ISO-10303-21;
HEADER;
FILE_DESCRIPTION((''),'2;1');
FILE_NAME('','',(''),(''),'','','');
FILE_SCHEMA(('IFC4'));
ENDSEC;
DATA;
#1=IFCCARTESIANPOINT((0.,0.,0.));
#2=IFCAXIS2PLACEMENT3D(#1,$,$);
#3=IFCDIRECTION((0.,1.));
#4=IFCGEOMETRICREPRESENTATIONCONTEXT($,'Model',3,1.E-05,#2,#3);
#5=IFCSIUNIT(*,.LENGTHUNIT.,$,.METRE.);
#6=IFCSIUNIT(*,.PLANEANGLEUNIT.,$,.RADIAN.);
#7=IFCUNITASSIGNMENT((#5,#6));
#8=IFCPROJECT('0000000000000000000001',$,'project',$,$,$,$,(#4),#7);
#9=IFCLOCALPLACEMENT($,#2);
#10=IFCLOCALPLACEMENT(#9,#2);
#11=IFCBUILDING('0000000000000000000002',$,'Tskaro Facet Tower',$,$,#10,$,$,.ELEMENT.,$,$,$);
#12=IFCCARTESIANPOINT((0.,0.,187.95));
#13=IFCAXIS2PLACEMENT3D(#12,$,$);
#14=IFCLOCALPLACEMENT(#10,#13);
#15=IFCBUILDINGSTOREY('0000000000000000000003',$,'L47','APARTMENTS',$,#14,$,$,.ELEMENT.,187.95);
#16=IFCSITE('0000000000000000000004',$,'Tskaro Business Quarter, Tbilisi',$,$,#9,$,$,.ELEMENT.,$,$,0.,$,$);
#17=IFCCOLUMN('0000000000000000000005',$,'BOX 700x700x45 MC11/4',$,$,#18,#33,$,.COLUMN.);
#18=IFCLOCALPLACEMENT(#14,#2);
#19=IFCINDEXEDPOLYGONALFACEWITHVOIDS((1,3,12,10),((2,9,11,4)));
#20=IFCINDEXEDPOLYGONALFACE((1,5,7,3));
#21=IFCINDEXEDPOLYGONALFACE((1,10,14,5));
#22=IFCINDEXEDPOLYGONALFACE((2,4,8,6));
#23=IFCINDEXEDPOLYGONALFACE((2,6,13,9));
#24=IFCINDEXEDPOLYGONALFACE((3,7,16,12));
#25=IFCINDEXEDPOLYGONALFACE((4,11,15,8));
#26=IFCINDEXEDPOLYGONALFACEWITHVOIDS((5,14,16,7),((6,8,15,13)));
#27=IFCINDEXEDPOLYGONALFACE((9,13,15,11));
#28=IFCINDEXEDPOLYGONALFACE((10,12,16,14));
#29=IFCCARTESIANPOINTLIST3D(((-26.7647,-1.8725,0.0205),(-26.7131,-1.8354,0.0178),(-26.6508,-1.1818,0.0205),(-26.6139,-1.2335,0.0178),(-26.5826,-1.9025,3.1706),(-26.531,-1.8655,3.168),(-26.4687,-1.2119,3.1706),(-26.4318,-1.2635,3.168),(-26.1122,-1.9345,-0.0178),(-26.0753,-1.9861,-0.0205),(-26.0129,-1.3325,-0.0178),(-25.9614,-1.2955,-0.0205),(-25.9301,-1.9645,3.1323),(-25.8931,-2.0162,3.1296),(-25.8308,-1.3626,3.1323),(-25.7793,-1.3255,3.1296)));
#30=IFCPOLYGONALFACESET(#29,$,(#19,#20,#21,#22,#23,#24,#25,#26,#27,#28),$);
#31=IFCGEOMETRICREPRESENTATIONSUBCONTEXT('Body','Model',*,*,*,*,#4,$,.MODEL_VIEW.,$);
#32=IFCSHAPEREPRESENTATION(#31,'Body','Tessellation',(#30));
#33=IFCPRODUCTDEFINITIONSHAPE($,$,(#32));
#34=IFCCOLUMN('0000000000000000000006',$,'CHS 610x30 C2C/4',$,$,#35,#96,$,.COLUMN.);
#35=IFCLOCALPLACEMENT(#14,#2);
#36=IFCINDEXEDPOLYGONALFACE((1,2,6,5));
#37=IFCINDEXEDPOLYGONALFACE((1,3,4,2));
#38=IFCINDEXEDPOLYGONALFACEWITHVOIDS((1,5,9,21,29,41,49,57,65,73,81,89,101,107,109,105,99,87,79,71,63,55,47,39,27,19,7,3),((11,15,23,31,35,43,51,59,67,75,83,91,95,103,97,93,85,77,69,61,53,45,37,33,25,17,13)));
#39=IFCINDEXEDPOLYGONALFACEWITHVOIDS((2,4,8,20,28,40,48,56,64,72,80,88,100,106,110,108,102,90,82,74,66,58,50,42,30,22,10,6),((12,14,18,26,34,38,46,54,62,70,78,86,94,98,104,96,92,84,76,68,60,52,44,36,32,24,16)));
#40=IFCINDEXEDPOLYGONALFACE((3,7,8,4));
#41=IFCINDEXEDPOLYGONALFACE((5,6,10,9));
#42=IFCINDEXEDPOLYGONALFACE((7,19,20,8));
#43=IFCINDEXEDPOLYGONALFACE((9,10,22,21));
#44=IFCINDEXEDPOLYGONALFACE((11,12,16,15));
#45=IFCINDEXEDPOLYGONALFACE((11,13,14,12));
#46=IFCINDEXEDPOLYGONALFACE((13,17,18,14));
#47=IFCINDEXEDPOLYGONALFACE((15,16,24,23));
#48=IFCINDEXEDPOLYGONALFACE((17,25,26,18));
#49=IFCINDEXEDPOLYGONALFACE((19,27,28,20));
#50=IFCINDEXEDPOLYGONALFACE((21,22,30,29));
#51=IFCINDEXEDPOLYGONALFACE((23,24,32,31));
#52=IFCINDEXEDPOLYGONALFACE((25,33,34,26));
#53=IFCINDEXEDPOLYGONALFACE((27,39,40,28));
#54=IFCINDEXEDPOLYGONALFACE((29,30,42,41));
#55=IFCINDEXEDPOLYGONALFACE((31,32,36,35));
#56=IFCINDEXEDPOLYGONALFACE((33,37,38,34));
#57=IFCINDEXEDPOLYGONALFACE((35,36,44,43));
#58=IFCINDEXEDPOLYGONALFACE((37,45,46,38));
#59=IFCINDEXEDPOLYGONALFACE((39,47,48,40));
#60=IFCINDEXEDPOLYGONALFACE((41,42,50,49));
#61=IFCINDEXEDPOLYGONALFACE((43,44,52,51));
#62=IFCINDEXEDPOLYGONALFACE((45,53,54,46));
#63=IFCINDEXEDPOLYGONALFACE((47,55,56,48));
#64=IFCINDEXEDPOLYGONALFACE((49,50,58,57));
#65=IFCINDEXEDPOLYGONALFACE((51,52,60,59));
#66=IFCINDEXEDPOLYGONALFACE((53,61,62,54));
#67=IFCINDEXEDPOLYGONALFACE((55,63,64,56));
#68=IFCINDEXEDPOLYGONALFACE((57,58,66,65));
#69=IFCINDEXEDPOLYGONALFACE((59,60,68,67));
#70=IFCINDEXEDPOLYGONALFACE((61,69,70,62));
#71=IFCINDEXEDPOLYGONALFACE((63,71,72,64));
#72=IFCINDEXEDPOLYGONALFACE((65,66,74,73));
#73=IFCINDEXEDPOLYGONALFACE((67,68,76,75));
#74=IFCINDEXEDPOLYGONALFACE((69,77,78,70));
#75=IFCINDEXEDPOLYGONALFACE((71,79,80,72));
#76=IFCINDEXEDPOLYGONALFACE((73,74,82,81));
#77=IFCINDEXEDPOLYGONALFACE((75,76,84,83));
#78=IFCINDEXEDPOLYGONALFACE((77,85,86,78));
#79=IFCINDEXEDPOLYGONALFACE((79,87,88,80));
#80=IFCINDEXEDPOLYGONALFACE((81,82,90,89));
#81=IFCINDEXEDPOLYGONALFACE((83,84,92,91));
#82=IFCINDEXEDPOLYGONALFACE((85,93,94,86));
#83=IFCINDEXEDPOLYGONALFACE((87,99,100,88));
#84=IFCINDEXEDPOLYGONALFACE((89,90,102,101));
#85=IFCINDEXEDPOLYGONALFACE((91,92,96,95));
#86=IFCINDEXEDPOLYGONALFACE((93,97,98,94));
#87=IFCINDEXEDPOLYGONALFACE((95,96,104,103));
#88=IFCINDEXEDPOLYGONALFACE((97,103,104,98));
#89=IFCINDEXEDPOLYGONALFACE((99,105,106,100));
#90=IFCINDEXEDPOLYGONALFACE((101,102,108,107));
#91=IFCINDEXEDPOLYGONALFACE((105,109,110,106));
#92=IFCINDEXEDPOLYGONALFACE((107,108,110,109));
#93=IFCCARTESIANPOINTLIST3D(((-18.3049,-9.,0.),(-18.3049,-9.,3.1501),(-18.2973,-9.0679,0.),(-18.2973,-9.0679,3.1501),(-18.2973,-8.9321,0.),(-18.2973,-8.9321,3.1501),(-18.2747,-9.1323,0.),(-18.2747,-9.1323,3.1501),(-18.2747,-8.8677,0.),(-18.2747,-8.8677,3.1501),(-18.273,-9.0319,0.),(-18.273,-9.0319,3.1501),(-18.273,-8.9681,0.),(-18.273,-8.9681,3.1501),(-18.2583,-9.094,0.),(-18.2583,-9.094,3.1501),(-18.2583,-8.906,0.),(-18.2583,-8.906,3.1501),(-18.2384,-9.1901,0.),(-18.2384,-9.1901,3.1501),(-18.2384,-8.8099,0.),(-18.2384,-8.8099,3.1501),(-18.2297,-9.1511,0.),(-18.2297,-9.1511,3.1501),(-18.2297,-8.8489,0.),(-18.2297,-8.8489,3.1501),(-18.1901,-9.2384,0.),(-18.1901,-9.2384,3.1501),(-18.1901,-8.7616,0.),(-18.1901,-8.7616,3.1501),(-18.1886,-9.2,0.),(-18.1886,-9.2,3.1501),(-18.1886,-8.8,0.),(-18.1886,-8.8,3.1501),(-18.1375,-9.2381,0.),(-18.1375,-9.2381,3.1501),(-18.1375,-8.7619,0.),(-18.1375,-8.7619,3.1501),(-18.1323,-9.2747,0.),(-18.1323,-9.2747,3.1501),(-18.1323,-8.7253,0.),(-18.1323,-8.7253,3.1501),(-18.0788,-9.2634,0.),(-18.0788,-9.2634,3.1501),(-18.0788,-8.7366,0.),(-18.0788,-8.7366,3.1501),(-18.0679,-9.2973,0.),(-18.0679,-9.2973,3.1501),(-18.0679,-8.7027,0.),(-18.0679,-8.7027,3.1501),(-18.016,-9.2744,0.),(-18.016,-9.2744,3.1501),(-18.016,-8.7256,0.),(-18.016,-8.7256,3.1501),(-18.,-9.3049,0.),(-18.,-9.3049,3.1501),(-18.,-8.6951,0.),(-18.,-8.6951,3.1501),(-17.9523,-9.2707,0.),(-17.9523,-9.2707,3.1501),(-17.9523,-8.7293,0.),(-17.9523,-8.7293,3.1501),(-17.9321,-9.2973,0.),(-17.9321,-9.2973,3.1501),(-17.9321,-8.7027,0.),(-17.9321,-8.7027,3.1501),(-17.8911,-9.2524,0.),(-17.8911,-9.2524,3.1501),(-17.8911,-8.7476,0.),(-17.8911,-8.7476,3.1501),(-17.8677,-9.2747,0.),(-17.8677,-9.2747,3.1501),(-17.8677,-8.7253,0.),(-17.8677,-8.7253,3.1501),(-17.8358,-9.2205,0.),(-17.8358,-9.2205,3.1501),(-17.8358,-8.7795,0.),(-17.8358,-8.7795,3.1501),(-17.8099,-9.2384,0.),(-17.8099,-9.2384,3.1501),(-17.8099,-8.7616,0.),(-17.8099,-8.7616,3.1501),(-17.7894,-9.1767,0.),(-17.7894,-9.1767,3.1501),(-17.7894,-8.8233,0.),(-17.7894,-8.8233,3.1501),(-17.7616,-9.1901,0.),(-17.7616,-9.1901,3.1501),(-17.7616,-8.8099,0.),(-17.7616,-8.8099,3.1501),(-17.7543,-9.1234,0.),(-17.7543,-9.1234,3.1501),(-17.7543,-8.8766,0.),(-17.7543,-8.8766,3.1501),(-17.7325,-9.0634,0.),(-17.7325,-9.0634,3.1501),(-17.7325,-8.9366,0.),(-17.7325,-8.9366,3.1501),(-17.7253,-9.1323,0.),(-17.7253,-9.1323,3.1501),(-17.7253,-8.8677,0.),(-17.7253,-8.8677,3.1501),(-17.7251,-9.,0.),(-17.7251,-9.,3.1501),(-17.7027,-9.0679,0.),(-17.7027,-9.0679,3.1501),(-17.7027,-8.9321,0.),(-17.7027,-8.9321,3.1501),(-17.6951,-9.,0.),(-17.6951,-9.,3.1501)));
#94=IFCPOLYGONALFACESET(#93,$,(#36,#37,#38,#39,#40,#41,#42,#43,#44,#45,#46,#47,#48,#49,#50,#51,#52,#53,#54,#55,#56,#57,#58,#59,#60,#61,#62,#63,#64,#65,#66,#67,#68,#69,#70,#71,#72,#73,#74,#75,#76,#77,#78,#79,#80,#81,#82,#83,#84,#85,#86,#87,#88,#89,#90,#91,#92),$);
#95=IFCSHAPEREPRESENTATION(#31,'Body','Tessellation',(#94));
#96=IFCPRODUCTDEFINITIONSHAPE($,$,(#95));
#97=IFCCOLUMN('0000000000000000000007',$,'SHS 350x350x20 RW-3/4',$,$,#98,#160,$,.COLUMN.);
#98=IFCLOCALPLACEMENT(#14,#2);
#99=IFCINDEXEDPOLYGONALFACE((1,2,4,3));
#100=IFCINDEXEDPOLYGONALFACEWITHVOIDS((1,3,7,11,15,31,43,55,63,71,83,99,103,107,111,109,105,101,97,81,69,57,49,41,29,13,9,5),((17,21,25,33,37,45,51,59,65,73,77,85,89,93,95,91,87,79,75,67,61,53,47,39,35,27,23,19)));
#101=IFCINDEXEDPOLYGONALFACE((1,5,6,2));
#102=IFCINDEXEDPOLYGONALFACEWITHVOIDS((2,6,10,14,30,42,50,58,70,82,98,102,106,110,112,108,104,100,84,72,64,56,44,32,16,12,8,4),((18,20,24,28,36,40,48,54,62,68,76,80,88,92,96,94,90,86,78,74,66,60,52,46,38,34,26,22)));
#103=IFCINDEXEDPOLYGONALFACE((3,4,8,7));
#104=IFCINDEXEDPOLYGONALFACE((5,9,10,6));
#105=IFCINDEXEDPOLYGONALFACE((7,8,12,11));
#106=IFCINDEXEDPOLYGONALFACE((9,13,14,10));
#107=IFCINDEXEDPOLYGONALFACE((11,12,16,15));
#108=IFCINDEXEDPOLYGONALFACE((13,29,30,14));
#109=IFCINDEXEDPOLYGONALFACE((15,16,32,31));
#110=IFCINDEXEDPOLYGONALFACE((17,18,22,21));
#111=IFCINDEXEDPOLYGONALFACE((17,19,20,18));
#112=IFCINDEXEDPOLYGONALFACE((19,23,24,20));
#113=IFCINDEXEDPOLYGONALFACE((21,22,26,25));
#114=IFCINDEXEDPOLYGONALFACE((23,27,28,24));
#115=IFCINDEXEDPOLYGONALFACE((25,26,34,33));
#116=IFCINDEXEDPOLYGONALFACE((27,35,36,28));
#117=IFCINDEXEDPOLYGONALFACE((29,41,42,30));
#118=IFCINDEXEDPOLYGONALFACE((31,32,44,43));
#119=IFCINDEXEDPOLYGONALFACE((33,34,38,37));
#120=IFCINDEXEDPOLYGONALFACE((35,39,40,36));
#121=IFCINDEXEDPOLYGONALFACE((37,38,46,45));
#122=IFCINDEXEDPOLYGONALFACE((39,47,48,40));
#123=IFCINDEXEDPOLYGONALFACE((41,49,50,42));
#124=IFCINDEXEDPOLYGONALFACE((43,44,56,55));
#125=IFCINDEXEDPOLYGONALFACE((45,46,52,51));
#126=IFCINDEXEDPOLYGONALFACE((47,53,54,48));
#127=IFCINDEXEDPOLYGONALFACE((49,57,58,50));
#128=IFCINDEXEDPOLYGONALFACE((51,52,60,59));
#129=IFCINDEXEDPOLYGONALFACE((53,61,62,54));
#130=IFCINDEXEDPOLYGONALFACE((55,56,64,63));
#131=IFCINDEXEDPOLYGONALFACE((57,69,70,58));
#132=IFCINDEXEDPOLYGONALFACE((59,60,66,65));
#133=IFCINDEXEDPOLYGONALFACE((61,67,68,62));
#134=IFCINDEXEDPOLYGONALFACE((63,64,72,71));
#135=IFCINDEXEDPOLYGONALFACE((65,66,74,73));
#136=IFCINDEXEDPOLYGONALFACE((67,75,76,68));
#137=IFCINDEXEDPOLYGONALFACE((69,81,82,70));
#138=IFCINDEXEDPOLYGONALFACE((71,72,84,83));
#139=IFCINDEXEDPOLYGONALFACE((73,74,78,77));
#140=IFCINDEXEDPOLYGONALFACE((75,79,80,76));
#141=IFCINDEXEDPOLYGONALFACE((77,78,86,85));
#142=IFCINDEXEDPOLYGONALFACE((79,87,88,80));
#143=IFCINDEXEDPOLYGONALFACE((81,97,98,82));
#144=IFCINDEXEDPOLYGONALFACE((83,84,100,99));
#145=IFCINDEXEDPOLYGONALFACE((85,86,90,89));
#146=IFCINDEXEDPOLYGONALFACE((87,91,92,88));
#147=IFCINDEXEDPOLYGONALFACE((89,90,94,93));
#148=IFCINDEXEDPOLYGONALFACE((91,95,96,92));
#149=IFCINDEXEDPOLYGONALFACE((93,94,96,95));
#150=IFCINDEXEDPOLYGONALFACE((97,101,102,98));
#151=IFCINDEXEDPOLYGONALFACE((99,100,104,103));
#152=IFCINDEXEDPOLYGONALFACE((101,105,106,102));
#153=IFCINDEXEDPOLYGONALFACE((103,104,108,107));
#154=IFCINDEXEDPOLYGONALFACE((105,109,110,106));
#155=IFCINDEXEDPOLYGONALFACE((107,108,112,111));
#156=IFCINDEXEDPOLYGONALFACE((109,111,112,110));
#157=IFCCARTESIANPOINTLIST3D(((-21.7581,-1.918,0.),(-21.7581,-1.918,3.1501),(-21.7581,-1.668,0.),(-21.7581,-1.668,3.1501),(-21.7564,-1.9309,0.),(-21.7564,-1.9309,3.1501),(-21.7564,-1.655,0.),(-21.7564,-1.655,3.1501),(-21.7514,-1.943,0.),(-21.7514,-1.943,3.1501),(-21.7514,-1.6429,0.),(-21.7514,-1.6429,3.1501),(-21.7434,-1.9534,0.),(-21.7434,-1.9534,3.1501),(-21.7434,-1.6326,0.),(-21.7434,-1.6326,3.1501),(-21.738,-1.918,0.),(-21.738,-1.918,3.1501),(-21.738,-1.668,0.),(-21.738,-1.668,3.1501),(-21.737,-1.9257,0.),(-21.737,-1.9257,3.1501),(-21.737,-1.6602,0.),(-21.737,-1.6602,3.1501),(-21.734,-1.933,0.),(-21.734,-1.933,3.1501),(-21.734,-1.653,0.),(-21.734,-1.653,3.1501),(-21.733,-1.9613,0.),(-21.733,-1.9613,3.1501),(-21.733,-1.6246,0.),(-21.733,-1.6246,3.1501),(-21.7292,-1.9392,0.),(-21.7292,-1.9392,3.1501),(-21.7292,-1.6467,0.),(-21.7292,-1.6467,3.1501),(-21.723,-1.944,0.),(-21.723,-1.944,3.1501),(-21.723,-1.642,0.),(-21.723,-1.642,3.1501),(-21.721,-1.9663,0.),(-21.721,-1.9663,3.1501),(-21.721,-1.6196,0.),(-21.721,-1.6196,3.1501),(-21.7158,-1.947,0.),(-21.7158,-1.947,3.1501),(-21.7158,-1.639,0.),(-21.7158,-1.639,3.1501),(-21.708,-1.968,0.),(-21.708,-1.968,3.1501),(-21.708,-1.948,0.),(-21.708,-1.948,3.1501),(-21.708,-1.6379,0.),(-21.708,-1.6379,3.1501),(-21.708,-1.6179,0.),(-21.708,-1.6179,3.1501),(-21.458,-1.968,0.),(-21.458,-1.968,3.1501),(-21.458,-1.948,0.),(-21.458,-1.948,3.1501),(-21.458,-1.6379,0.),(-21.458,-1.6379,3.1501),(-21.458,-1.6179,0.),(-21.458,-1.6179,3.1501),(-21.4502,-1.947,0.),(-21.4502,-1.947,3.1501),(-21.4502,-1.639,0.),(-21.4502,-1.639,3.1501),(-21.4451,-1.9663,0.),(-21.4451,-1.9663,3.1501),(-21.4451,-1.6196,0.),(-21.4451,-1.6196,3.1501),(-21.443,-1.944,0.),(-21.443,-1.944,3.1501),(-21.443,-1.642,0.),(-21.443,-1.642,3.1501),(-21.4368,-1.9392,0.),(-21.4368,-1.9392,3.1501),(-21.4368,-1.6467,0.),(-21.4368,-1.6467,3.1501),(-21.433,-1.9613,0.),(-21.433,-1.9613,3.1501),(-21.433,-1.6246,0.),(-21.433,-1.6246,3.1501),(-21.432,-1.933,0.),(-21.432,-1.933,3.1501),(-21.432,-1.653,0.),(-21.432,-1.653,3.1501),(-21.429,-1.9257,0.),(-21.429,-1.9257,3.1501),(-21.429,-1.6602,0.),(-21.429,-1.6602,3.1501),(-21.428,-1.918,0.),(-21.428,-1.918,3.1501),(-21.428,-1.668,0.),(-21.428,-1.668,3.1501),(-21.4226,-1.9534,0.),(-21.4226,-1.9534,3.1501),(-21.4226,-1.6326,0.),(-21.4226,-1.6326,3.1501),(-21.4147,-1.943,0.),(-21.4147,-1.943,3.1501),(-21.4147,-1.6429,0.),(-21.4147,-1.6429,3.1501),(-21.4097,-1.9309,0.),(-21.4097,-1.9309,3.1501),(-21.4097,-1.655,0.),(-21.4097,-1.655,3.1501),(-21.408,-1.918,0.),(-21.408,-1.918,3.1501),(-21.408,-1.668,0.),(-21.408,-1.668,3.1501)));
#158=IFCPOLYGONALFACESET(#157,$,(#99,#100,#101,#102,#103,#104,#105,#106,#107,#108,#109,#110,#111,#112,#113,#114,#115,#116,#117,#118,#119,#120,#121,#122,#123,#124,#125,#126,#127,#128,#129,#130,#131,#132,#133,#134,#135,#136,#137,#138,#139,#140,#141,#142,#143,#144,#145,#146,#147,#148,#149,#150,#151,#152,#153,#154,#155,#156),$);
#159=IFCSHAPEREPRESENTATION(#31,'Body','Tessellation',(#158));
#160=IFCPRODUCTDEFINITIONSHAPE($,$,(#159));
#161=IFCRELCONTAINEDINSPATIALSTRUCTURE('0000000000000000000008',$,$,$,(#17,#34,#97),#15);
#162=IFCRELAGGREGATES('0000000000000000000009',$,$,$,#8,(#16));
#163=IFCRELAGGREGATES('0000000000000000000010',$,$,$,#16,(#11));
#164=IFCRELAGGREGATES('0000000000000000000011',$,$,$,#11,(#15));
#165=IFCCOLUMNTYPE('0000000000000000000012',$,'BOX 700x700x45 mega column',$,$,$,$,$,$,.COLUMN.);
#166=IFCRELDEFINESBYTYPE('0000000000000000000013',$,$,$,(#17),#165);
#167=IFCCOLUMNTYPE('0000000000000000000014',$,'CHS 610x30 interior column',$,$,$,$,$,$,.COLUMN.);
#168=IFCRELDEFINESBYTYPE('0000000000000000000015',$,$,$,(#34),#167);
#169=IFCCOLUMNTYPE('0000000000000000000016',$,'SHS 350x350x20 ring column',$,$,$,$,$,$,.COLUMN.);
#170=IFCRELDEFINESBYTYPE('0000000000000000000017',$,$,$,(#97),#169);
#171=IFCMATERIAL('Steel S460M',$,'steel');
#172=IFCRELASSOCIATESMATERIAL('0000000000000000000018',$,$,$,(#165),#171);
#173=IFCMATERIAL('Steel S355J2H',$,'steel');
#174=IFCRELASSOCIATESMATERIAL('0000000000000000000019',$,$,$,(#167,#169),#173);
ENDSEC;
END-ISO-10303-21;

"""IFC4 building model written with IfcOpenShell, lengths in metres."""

from ifc_helpers import new_model, si_unit, direction, frame, origin, origin_2d, place, context, subcontext, project, spatial, hollow_rectangle, hollow_circle, extrude, material, material_profile, profile_set, type_object, element, save


model = new_model("IFC4")

# Units and contexts
model_context = context("Model", 3, precision=1e-05, world=origin(), true_north=direction((0.0, 1.0)))
body_context = subcontext(model_context, "Body", "Model", "MODEL_VIEW")
ifc_project = project(units=[si_unit("LENGTHUNIT", "METRE"), si_unit("PLANEANGLEUNIT", "RADIAN")], contexts=[model_context])

# Site, building, storey
site_placement = place(None, origin())
site = spatial("IfcSite", under=ifc_project, at=site_placement, Name="Tskaro Business Quarter, Tbilisi", CompositionType="ELEMENT", RefElevation=0.0)
building_placement = place(site_placement, origin())
building = spatial("IfcBuilding", under=site, at=building_placement, Name="Tskaro Facet Tower", CompositionType="ELEMENT")
storey_placement = place(building_placement, frame((0.0, 0.0, 187.95)))
storey = spatial("IfcBuildingStorey", under=building, at=storey_placement, Name="L47", Description="APARTMENTS", CompositionType="ELEMENT", Elevation=187.95)

# Columns
ifc_material_1 = material(Name="Steel S460M", Category="steel")
ifc_material_profile_1 = material_profile(ifc_material_1, hollow_rectangle(XDim=0.7, YDim=0.7, WallThickness=0.0449, at=origin_2d()), Name="BOX 700x700x45")
ifc_profile_set_1 = profile_set([ifc_material_profile_1], Name="Steel S460M")
column_type_1 = type_object("IfcColumnType", Name="BOX 700x700x45 mega column", PredefinedType="COLUMN", material=ifc_profile_set_1)
column_1_placement = place(storey_placement, frame((-26.363, -1.584, 0.0), z_axis=(0.057717, -0.009516, 0.998288), x_axis=(0.162683, 0.986678, 0.0)))
element("IfcColumn", 1, at=column_1_placement, inside=storey, type_object=column_type_1, Name="BOX 700x700x45 MC11/4", PredefinedType="COLUMN", context=body_context, shape_type="SweptSolid", body=[
    extrude(hollow_rectangle(XDim=0.7, YDim=0.7, WallThickness=0.0449, at=origin_2d()), origin(), (0.0, 0.0, 1.0), 3.1555),
])
ifc_material_2 = material(Name="Steel S355J2H", Category="steel")
ifc_material_profile_2 = material_profile(ifc_material_2, hollow_circle(Radius=0.3049, WallThickness=0.03, at=origin_2d()), Name="CHS 610x30")
ifc_profile_set_2 = profile_set([ifc_material_profile_2], Name="Steel S355J2H")
column_type_2 = type_object("IfcColumnType", Name="CHS 610x30 interior column", PredefinedType="COLUMN", material=ifc_profile_set_2)
column_2_placement = place(storey_placement, frame((-18.0, -9.0, 0.0), z_axis=(0.0, 0.0, 1.0), x_axis=(1.0, 0.0, 0.0)))
element("IfcColumn", 2, at=column_2_placement, inside=storey, type_object=column_type_2, Name="CHS 610x30 C2C/4", PredefinedType="COLUMN", context=body_context, shape_type="SweptSolid", body=[
    extrude(hollow_circle(Radius=0.3049, WallThickness=0.03, at=origin_2d()), origin(), (0.0, 0.0, 1.0), 3.1501),
])
ifc_material_profile_3 = material_profile(ifc_material_2, hollow_rectangle(XDim=0.3501, YDim=0.3501, WallThickness=0.02, InnerFilletRadius=0.03, OuterFilletRadius=0.05, at=origin_2d()), Name="SHS 350x350x20")
ifc_profile_set_3 = profile_set([ifc_material_profile_3], Name="Steel S355J2H")
column_type_3 = type_object("IfcColumnType", Name="SHS 350x350x20 ring column", PredefinedType="COLUMN", material=ifc_profile_set_3)
for number, where, z_axis, x_axis, name in (
    (3, (-21.583, -1.793, 0.0), (0.0, 0.0, 1.0), (1.0, 0.0, 0.0), "SHS 350x350x20 RW-3/4"),
):
    element("IfcColumn", number, at=place(storey_placement, frame(where, z_axis=z_axis, x_axis=x_axis)), inside=storey, type_object=column_type_3, Name=name, PredefinedType="COLUMN", context=body_context, shape_type="SweptSolid", body=[
        extrude(hollow_rectangle(XDim=0.3501, YDim=0.3501, WallThickness=0.02, InnerFilletRadius=0.03, OuterFilletRadius=0.05, at=origin_2d()), origin(), (0.0, 0.0, 1.0), 3.1501),
    ])

save(model, "model.ifc")
